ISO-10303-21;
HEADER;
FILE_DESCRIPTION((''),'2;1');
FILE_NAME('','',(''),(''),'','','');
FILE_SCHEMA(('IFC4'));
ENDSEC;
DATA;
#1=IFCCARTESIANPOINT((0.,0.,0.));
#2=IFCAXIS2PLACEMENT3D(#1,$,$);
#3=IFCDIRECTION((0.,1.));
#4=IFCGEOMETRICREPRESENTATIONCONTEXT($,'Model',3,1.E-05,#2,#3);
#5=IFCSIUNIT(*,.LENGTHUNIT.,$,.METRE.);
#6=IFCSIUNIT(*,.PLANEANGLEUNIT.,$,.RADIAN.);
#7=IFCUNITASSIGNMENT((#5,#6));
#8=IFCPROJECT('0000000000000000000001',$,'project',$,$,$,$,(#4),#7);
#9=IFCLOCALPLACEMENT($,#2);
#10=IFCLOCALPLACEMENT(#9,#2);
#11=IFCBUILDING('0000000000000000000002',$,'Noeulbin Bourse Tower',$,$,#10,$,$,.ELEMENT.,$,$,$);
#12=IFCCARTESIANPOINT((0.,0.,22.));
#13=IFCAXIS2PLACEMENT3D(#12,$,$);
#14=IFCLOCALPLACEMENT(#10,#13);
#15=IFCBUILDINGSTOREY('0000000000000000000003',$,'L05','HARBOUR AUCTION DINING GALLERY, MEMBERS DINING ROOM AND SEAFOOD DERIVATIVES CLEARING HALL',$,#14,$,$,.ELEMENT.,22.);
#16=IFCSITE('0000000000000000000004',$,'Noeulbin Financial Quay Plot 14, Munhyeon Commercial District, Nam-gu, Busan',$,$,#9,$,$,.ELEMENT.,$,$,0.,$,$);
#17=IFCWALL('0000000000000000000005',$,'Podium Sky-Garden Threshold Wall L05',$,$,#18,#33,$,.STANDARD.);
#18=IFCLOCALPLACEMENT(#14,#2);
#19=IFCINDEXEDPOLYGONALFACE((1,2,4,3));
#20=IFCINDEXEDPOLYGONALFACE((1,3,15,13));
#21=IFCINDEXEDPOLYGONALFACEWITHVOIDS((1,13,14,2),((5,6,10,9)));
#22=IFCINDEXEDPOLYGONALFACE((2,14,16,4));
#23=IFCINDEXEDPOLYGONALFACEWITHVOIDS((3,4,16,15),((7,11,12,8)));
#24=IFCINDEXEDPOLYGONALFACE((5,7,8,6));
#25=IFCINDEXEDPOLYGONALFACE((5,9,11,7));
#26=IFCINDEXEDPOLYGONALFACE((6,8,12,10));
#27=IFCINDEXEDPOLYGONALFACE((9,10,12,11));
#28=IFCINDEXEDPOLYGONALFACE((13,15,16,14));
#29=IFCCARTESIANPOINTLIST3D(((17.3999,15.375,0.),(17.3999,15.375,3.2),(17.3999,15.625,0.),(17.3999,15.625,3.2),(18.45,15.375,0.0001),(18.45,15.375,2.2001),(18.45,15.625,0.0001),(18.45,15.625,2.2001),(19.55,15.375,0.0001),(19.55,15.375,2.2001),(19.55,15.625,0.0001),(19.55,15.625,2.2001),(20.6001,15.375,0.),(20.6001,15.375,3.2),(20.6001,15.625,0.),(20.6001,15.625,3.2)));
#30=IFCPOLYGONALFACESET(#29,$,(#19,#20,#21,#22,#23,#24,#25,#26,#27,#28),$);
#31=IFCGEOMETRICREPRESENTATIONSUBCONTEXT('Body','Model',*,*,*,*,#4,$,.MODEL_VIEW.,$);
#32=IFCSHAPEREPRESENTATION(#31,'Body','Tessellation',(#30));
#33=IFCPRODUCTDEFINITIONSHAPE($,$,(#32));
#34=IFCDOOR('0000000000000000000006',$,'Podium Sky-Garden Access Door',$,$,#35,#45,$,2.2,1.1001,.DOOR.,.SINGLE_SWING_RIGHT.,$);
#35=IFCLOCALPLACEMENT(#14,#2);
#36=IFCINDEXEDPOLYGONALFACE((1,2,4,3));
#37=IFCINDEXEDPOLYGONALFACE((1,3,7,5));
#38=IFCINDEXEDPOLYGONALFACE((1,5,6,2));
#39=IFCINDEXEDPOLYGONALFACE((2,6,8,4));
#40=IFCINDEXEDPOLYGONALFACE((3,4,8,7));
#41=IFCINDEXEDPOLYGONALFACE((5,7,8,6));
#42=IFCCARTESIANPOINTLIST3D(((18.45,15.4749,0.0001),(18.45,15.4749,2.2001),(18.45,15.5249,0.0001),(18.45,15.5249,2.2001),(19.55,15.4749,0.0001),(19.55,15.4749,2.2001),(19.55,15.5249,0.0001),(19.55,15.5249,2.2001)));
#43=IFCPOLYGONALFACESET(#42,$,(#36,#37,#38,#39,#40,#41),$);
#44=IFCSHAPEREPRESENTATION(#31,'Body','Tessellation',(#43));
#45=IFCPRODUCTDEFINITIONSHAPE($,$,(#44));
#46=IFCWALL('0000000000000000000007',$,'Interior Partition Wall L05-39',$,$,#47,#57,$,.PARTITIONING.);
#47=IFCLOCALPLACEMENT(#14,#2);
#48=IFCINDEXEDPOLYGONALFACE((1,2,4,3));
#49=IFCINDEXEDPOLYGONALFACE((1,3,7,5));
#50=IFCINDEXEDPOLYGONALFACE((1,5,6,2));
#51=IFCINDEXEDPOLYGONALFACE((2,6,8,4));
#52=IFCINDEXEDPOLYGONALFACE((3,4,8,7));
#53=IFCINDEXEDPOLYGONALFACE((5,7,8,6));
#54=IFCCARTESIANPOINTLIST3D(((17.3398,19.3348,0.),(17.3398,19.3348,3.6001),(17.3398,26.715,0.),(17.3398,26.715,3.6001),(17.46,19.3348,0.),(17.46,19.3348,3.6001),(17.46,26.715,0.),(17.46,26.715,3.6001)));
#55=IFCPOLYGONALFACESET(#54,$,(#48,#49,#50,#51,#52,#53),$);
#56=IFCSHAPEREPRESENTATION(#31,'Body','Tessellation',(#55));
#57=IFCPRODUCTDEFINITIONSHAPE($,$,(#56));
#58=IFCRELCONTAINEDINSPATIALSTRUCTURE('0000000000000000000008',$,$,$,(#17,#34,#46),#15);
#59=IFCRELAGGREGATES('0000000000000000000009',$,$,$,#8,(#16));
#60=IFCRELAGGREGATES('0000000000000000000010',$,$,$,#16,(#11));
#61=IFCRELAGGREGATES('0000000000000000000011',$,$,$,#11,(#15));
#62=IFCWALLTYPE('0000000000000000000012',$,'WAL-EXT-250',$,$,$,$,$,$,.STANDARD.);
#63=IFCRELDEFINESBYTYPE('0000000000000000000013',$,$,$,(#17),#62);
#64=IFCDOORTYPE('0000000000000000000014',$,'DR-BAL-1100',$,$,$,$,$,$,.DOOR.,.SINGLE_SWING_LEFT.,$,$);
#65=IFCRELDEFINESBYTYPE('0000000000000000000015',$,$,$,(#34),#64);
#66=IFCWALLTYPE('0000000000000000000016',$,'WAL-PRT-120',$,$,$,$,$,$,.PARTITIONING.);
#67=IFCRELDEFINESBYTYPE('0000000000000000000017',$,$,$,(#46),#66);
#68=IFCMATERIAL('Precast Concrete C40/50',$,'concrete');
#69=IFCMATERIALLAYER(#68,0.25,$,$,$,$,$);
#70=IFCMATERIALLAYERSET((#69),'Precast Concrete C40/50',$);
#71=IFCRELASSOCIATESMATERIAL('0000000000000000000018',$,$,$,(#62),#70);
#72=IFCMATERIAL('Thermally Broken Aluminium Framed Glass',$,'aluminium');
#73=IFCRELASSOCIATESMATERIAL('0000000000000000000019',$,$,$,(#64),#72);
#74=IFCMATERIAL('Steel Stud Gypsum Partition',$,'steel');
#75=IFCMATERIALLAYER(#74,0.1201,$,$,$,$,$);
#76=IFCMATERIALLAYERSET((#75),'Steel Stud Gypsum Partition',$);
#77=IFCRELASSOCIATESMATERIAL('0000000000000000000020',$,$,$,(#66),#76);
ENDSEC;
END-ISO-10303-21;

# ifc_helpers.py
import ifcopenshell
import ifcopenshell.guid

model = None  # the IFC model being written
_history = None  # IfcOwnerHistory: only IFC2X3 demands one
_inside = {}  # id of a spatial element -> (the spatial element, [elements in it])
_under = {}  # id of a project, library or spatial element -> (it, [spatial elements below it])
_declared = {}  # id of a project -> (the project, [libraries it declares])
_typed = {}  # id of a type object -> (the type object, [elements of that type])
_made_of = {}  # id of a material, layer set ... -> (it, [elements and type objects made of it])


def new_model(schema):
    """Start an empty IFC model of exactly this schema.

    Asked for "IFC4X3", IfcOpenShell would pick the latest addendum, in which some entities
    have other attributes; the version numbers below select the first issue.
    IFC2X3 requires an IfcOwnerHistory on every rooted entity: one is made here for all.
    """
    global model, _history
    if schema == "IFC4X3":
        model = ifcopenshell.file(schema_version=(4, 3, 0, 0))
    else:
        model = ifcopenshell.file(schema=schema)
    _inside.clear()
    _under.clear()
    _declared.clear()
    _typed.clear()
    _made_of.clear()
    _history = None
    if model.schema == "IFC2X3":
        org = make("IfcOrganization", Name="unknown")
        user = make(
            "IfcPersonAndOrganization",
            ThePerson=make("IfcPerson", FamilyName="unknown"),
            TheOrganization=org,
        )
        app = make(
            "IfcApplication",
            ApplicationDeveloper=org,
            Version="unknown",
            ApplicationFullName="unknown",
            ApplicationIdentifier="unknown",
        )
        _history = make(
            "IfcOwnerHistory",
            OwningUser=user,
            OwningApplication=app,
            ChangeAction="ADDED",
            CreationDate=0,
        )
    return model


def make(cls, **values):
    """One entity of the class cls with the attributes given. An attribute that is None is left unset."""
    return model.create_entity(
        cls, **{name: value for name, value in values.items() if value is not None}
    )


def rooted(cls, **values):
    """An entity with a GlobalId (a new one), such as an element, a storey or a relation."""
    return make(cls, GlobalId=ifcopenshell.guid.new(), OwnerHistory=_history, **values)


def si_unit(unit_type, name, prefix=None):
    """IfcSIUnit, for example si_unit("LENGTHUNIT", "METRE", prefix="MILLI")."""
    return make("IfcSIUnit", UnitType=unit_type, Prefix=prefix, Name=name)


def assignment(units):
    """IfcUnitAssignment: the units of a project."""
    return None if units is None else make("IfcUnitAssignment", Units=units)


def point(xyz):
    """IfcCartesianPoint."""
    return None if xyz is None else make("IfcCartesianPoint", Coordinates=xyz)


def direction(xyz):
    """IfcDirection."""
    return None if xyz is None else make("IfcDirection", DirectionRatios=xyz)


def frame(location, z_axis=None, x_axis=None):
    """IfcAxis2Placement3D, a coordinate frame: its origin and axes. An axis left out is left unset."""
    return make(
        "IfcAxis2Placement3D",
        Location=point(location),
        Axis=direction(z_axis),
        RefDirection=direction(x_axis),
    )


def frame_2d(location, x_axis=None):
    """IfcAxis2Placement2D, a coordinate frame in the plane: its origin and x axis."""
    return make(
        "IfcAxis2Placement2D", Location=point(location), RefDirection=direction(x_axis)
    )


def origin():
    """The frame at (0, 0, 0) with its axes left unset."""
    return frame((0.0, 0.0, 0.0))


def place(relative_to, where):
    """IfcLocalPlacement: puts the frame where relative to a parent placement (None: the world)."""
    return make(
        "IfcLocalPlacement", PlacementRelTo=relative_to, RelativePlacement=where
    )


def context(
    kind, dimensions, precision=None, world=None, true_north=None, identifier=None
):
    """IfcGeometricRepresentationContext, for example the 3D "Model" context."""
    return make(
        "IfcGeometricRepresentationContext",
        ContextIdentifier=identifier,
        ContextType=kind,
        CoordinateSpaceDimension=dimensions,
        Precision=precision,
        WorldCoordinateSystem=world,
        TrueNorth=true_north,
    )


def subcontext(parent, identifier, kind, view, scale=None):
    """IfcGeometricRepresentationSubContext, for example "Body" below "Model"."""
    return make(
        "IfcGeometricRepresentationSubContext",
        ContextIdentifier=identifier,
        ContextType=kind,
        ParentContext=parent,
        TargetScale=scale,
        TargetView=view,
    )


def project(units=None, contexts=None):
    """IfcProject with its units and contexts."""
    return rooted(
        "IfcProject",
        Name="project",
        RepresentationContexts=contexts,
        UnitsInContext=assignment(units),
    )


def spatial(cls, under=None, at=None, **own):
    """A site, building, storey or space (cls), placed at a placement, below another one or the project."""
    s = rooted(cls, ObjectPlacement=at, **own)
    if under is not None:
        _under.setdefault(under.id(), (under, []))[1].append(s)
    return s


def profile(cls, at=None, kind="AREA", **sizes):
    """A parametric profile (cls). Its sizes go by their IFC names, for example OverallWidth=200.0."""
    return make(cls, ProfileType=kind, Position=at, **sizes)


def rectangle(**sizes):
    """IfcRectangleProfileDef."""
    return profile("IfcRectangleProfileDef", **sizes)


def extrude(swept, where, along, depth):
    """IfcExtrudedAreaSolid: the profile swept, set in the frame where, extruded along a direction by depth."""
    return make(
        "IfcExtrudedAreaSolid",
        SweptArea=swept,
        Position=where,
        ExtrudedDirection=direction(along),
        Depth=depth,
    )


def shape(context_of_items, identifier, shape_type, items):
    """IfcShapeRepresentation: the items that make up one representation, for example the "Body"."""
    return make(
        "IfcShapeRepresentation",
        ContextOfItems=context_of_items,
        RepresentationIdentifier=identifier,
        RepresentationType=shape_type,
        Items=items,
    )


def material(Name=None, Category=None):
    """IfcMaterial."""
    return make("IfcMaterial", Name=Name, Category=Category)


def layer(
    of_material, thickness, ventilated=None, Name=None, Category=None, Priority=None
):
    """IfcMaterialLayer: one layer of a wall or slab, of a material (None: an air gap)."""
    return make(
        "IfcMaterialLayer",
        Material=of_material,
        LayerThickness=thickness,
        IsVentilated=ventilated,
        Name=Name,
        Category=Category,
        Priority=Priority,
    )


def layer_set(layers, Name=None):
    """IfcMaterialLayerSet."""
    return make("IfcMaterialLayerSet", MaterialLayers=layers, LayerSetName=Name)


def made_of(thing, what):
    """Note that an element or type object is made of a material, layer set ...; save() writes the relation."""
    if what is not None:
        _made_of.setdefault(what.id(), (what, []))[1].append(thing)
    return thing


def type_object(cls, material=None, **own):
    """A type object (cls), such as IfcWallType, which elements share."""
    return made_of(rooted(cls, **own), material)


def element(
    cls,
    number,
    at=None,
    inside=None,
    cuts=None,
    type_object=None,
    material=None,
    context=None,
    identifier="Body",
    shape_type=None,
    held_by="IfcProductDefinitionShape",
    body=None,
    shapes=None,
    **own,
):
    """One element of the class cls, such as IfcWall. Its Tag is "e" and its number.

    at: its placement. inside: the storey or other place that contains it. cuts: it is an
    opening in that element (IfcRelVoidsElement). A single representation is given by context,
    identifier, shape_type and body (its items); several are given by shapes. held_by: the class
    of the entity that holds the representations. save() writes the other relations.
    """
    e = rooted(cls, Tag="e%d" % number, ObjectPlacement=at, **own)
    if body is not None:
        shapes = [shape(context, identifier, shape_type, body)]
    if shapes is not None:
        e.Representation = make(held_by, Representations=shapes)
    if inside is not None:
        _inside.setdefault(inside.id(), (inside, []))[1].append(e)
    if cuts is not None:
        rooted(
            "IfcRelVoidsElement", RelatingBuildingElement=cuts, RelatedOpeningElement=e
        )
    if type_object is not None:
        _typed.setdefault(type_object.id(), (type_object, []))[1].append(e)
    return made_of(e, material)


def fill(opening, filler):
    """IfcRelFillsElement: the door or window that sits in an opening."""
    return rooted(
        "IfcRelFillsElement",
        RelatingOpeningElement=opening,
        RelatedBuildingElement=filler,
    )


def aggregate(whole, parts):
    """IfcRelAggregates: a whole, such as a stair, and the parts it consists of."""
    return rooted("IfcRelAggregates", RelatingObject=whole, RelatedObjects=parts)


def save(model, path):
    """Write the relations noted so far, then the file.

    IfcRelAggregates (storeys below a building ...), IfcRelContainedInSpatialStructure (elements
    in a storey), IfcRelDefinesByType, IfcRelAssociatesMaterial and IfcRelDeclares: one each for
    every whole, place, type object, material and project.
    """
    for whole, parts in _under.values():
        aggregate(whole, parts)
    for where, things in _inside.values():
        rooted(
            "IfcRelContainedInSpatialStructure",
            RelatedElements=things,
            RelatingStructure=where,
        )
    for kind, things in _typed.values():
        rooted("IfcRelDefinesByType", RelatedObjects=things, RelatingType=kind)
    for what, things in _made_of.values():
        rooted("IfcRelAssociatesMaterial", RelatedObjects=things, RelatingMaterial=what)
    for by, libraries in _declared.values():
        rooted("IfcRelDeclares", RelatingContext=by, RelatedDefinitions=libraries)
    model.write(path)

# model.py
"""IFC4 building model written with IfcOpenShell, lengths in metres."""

from ifc_helpers import new_model, si_unit, direction, frame, frame_2d, origin, place, context, subcontext, project, spatial, rectangle, extrude, material, layer, layer_set, type_object, element, fill, save


model = new_model("IFC4")

# Units and contexts
model_context = context("Model", 3, precision=1e-05, world=origin(), true_north=direction((0.0, 1.0)))
body_context = subcontext(model_context, "Body", "Model", "MODEL_VIEW")
ifc_project = project(units=[si_unit("LENGTHUNIT", "METRE"), si_unit("PLANEANGLEUNIT", "RADIAN")], contexts=[model_context])

# Site, building, storey
site_placement = place(None, origin())
site = spatial("IfcSite", under=ifc_project, at=site_placement, Name="Noeulbin Financial Quay Plot 14, Munhyeon Commercial District, Nam-gu, Busan", CompositionType="ELEMENT", RefElevation=0.0)
building_placement = place(site_placement, origin())
building = spatial("IfcBuilding", under=site, at=building_placement, Name="Noeulbin Bourse Tower", CompositionType="ELEMENT")
storey_placement = place(building_placement, frame((0.0, 0.0, 22.0)))
storey = spatial("IfcBuildingStorey", under=building, at=storey_placement, Name="L05", Description="HARBOUR AUCTION DINING GALLERY, MEMBERS DINING ROOM AND SEAFOOD DERIVATIVES CLEARING HALL", CompositionType="ELEMENT", Elevation=22.0)

# Wall, opening, door
ifc_material_1 = material(Name="Precast Concrete C40/50", Category="concrete")
ifc_layer_1 = layer(ifc_material_1, 0.25)
ifc_layer_set_1 = layer_set([ifc_layer_1], Name="Precast Concrete C40/50")
wall_type_1 = type_object("IfcWallType", Name="WAL-EXT-250", PredefinedType="STANDARD", material=ifc_layer_set_1)
wall_1_placement = place(storey_placement, frame((17.3999, 15.5, 0.0), z_axis=(0.0, 0.0, 1.0), x_axis=(1.0, 0.0, 0.0)))
wall_1 = element("IfcWall", 1, at=wall_1_placement, inside=storey, type_object=wall_type_1, Name="Podium Sky-Garden Threshold Wall L05", PredefinedType="STANDARD", context=body_context, shape_type="SweptSolid", body=[
    extrude(rectangle(XDim=3.2002, YDim=0.25, at=frame_2d((1.6001, 0.0))), origin(), (0.0, 0.0, 1.0), 3.2),
])
opening_placement = place(wall_1_placement, frame((1.05, 0.0, 0.0)))
opening = element("IfcOpeningElement", 2, at=opening_placement, cuts=wall_1, PredefinedType="OPENING", context=body_context, shape_type="SweptSolid", body=[
    extrude(rectangle(XDim=1.1001, YDim=2.2, at=frame_2d((0.55, 1.1001))), frame((0.0, 0.135, 0.0), z_axis=(0.0, -1.0, 0.0), x_axis=(1.0, 0.0, 0.0)), (0.0, 0.0, 1.0), 0.27),
])
ifc_material_2 = material(Name="Thermally Broken Aluminium Framed Glass", Category="aluminium")
door_type = type_object("IfcDoorType", Name="DR-BAL-1100", OperationType="SINGLE_SWING_LEFT", PredefinedType="DOOR", material=ifc_material_2)
door_placement = place(opening_placement, origin())
door = element("IfcDoor", 3, at=door_placement, inside=storey, type_object=door_type, Name="Podium Sky-Garden Access Door", OperationType="SINGLE_SWING_RIGHT", OverallHeight=2.2, OverallWidth=1.1001, PredefinedType="DOOR", context=body_context, shape_type="SweptSolid", body=[
    extrude(rectangle(XDim=1.1001, YDim=2.2, at=frame_2d((0.55, 1.1001))), frame((0.0, 0.0249, 0.0), z_axis=(0.0, -1.0, 0.0), x_axis=(1.0, 0.0, 0.0)), (0.0, 0.0, 1.0), 0.05),
])
fill(opening, door)

# Wall
ifc_material_3 = material(Name="Steel Stud Gypsum Partition", Category="steel")
ifc_layer_2 = layer(ifc_material_3, 0.1201)
ifc_layer_set_2 = layer_set([ifc_layer_2], Name="Steel Stud Gypsum Partition")
wall_type_2 = type_object("IfcWallType", Name="WAL-PRT-120", PredefinedType="PARTITIONING", material=ifc_layer_set_2)
wall_2_placement = place(storey_placement, frame((17.3999, 19.335, 0.0), z_axis=(0.0, 0.0, 1.0), x_axis=(0.0, 1.0, 0.0)))
element("IfcWall", 4, at=wall_2_placement, inside=storey, type_object=wall_type_2, Name="Interior Partition Wall L05-39", PredefinedType="PARTITIONING", context=body_context, shape_type="SweptSolid", body=[
    extrude(rectangle(XDim=7.3801, YDim=0.1201, at=frame_2d((3.6899, 0.0))), origin(), (0.0, 0.0, 1.0), 3.6001),
])

save(model, "model.ifc")
